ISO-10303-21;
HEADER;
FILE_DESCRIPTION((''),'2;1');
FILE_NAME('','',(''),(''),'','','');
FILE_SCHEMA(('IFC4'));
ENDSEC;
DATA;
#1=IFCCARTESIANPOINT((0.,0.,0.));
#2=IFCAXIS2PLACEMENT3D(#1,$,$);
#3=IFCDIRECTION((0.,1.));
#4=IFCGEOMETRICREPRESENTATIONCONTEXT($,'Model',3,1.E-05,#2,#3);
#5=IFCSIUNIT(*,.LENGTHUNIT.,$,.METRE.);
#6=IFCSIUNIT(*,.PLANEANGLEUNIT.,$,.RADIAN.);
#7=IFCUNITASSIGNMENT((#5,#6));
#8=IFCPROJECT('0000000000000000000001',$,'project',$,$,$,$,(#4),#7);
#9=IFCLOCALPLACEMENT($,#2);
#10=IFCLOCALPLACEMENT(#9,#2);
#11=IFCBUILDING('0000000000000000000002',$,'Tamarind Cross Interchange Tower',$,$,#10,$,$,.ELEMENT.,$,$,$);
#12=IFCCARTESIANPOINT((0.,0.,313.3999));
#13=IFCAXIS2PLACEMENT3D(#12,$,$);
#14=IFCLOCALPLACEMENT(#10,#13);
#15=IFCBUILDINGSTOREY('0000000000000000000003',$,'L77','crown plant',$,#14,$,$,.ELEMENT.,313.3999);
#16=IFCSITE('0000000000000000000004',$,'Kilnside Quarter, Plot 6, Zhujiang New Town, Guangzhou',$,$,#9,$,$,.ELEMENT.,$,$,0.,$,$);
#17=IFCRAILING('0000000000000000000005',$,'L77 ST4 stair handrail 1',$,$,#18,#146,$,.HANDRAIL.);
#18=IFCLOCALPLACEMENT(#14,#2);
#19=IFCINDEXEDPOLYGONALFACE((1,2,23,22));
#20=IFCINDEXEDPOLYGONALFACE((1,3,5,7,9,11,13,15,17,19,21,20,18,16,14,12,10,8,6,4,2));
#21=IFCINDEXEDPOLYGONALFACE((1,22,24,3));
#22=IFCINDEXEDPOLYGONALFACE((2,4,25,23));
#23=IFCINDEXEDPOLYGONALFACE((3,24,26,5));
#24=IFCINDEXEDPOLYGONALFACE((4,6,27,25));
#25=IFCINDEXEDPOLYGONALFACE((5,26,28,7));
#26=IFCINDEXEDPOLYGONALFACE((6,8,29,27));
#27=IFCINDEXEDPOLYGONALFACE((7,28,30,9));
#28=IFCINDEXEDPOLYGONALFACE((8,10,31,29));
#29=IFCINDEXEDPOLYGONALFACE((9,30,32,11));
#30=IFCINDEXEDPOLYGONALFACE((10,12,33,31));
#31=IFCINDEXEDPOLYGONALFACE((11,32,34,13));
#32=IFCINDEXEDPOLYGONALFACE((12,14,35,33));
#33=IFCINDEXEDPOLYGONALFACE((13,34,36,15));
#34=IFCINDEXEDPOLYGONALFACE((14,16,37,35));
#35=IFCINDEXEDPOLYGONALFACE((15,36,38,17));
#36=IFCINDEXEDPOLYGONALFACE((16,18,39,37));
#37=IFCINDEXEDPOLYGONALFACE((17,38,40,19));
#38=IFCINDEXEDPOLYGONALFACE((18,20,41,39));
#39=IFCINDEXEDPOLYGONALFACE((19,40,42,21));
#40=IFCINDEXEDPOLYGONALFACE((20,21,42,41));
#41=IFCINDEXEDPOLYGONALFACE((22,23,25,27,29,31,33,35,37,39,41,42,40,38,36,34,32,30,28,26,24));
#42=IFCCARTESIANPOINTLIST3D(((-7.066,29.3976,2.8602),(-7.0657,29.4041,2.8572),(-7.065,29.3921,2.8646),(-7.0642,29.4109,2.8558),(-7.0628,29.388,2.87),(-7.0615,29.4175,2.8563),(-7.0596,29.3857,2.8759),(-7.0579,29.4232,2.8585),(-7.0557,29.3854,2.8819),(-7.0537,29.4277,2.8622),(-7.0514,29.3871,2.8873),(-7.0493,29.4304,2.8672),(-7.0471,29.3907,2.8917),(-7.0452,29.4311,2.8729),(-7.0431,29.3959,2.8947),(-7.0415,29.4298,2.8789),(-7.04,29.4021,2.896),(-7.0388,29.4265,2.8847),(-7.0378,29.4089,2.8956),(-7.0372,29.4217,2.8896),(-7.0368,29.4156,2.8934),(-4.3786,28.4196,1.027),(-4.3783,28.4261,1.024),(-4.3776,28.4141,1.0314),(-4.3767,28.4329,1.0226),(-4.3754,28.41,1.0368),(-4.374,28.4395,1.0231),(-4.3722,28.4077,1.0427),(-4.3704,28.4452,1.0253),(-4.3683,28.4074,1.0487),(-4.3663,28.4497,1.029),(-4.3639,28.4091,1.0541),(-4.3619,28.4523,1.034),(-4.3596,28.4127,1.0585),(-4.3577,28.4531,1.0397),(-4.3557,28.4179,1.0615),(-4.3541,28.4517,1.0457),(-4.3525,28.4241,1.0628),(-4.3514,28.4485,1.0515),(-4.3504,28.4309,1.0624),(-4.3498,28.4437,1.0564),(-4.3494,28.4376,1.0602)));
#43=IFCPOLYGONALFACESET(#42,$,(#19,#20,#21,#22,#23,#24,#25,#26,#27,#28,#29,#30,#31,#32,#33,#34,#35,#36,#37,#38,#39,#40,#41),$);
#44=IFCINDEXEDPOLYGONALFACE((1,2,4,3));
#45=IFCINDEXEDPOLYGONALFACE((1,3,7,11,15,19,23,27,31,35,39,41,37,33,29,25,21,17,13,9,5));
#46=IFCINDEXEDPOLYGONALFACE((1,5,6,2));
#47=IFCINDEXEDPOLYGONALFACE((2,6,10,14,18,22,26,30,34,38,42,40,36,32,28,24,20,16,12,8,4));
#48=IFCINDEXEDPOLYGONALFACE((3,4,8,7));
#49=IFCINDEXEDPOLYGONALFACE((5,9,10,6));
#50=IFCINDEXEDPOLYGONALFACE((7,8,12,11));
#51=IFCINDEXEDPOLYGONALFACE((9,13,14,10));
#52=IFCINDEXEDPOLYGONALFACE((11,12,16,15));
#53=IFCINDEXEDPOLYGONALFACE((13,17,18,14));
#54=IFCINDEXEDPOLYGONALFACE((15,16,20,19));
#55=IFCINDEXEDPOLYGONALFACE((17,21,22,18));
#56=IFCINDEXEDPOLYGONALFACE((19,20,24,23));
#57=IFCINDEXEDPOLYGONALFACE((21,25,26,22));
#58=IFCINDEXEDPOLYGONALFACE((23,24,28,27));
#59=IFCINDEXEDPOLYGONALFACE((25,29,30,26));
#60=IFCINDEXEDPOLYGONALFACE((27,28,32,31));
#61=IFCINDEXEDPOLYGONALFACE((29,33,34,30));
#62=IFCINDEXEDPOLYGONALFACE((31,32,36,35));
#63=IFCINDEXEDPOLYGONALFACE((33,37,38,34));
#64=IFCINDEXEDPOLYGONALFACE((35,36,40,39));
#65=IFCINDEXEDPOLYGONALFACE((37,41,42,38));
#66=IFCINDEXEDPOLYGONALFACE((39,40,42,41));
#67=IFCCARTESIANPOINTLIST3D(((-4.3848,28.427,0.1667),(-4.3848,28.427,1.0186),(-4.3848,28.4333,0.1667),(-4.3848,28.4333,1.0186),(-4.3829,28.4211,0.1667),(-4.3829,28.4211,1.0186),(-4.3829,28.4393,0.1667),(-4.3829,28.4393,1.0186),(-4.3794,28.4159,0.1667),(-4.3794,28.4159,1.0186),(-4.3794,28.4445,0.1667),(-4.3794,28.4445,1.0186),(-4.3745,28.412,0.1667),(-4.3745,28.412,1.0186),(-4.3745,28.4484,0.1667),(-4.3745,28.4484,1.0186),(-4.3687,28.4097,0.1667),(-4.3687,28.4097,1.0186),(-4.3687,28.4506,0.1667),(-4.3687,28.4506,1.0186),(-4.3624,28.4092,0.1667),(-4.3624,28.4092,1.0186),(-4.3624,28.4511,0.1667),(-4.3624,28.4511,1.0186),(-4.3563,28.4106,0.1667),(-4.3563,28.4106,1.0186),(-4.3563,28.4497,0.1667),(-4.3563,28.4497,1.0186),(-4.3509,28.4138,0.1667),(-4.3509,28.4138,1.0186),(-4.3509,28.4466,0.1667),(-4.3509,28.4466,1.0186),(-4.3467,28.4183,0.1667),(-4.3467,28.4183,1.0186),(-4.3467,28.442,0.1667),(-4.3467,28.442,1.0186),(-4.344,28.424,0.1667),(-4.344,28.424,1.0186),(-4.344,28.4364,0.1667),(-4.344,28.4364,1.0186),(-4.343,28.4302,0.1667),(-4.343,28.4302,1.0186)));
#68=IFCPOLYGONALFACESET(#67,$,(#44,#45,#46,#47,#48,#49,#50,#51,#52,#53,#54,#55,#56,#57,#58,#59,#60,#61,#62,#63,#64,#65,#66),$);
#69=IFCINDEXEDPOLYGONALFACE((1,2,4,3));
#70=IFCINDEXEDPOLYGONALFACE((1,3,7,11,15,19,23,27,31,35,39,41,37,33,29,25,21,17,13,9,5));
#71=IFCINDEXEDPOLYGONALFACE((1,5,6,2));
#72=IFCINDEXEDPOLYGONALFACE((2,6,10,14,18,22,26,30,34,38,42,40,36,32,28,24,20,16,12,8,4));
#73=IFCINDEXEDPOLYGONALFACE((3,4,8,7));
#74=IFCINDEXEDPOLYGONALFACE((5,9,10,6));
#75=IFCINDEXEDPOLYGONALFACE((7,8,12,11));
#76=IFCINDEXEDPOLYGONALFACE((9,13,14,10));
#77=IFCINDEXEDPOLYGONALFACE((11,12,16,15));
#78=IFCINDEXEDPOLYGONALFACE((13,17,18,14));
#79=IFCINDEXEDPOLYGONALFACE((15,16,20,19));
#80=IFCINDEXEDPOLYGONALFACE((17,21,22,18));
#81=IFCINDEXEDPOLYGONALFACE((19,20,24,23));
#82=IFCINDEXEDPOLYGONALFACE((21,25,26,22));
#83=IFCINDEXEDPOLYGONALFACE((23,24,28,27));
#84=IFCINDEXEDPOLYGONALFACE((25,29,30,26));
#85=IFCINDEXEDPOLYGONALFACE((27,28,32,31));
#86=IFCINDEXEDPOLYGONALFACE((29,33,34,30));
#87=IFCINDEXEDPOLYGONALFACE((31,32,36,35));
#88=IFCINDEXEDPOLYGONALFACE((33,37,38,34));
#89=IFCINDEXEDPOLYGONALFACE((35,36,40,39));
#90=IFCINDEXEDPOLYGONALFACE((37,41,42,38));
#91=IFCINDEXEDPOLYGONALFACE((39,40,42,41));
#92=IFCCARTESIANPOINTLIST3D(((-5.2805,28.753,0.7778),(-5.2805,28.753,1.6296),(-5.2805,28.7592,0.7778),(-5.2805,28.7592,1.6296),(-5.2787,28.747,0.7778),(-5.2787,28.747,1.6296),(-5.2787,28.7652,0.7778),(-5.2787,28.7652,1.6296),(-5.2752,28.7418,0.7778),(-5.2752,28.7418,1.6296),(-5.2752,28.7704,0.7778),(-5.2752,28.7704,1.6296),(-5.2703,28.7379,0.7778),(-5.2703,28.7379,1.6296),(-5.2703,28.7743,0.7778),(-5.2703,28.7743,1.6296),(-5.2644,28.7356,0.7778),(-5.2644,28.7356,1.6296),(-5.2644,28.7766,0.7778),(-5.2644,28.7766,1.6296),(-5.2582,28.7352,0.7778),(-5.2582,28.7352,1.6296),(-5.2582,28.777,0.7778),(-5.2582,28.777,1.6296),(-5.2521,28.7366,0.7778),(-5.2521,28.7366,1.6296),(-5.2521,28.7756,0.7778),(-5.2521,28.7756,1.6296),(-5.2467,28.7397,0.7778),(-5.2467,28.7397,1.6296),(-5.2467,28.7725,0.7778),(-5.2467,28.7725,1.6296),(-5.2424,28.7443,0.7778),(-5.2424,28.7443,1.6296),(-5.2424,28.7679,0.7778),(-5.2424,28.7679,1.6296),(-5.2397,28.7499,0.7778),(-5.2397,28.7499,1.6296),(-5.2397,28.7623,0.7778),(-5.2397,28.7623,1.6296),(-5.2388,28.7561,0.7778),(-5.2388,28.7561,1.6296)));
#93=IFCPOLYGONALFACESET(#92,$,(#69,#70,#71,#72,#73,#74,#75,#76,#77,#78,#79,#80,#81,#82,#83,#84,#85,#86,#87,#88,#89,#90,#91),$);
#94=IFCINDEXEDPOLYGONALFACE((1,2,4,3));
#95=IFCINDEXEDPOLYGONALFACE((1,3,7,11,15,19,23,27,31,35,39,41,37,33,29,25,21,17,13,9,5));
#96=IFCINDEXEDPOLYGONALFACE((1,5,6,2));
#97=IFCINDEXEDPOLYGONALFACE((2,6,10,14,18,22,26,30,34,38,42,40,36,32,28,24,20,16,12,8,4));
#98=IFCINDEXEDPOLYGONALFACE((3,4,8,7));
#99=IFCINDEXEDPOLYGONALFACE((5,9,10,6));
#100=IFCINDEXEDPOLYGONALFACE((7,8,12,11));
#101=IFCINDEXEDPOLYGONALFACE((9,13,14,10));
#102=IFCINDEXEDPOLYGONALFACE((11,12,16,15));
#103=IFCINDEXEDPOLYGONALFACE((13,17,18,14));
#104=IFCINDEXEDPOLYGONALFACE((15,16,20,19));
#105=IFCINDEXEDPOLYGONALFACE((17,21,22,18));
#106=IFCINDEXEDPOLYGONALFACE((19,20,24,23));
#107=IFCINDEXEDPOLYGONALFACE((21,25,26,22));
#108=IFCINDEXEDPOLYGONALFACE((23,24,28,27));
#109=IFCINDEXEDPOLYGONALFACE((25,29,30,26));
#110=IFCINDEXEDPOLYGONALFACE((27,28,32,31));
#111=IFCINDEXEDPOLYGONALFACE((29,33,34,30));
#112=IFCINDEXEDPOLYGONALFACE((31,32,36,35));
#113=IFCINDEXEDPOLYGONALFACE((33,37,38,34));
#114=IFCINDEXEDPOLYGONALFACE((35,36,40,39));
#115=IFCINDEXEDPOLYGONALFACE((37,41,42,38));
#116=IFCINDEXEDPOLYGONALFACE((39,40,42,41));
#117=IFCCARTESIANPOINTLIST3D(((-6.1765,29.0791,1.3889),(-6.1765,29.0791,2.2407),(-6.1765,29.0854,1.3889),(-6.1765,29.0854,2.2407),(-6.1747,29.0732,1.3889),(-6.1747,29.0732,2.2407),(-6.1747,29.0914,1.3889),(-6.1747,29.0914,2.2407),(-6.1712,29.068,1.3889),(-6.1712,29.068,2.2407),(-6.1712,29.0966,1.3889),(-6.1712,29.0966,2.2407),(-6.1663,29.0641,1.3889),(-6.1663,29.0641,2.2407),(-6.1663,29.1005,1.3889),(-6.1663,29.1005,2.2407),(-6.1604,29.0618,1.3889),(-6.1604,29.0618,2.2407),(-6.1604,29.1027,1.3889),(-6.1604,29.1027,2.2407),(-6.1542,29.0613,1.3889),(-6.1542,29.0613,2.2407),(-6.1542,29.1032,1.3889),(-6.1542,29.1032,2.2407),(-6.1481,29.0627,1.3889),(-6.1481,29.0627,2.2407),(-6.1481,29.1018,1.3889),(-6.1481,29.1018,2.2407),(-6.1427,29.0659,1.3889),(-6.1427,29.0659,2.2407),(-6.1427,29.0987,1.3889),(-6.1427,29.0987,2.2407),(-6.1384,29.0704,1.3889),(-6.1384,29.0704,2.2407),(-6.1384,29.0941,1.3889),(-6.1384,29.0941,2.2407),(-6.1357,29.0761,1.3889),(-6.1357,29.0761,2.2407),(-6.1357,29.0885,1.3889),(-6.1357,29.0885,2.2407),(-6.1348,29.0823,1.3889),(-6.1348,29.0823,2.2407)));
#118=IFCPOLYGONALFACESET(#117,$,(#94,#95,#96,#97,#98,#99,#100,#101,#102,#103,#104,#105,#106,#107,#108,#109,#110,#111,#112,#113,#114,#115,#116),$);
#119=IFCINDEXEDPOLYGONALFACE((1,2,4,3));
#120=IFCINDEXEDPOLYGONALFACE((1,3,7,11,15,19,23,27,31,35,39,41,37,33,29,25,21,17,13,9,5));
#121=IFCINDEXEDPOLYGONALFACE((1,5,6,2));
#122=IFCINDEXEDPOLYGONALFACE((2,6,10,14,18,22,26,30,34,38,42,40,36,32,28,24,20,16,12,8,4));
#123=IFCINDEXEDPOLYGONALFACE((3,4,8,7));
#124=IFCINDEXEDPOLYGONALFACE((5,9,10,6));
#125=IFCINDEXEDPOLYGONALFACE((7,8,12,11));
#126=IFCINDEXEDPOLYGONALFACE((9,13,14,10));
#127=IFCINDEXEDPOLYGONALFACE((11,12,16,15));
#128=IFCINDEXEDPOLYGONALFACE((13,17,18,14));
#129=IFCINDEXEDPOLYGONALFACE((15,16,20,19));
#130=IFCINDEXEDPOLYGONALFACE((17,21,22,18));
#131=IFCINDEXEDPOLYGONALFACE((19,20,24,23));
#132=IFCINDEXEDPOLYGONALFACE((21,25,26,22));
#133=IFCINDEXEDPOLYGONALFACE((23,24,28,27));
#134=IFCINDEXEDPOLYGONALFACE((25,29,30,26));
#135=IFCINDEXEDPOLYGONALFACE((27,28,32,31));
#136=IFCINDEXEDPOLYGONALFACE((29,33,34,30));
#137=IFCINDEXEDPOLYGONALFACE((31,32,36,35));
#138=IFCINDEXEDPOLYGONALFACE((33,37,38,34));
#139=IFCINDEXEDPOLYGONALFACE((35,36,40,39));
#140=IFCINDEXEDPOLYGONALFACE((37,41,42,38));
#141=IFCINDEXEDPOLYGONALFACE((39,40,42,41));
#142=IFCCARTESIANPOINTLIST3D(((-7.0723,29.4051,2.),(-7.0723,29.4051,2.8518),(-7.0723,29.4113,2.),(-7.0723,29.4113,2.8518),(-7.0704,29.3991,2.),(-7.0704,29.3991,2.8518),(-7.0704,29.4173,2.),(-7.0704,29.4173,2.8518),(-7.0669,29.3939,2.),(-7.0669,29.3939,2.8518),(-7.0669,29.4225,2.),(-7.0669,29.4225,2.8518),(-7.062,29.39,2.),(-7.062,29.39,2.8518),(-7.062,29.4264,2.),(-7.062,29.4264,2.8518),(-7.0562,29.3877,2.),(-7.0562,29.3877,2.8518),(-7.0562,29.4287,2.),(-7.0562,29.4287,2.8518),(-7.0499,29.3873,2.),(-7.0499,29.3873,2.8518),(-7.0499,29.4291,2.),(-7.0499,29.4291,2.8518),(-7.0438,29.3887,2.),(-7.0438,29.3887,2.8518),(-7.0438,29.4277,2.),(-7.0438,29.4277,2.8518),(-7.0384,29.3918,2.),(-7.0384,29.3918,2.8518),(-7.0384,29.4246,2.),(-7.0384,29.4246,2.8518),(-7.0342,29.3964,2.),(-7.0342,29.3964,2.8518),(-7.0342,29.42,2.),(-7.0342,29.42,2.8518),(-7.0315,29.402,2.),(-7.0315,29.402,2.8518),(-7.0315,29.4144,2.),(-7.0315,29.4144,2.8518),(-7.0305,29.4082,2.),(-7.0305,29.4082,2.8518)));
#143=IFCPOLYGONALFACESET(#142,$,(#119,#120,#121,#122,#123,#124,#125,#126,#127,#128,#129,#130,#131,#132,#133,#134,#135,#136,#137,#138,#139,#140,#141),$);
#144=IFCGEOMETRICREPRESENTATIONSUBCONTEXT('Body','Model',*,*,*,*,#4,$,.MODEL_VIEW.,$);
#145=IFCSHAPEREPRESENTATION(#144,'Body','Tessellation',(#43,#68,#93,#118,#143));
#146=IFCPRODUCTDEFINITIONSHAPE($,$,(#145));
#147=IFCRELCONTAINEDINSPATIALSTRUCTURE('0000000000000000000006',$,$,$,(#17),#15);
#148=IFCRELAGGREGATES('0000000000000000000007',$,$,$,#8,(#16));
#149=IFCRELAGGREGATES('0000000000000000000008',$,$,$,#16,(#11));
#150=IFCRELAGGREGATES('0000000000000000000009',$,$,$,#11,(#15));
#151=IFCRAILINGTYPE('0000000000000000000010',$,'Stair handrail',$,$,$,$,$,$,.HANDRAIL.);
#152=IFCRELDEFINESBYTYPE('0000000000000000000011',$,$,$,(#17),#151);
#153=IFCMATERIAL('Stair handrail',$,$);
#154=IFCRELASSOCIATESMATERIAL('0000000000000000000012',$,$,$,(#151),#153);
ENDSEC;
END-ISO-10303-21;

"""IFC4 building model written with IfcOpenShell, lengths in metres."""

from ifc_helpers import new_model, si_unit, direction, frame, origin, origin_2d, place, context, subcontext, project, spatial, circle, extrude, material, type_object, element, save


model = new_model("IFC4")

# Units and contexts
model_context = context("Model", 3, precision=1e-05, world=origin(), true_north=direction((0.0, 1.0)))
body_context = subcontext(model_context, "Body", "Model", "MODEL_VIEW")
ifc_project = project(units=[si_unit("LENGTHUNIT", "METRE"), si_unit("PLANEANGLEUNIT", "RADIAN")], contexts=[model_context])

# Site, building, storey
site_placement = place(None, origin())
site = spatial("IfcSite", under=ifc_project, at=site_placement, Name="Kilnside Quarter, Plot 6, Zhujiang New Town, Guangzhou", CompositionType="ELEMENT", RefElevation=0.0)
building_placement = place(site_placement, origin())
building = spatial("IfcBuilding", under=site, at=building_placement, Name="Tamarind Cross Interchange Tower", CompositionType="ELEMENT")
storey_placement = place(building_placement, frame((0.0, 0.0, 313.3999)))
storey = spatial("IfcBuildingStorey", under=building, at=storey_placement, Name="L77", Description="crown plant", CompositionType="ELEMENT", Elevation=313.3999)

# Railing
ifc_material_1 = material(Name="Stair handrail")
railing_type_1 = type_object("IfcRailingType", Name="Stair handrail", PredefinedType="HANDRAIL", material=ifc_material_1)
railing_1_placement = place(storey_placement, frame((-4.364, 28.4302, 0.1667)))
element("IfcRailing", 1, at=railing_1_placement, inside=storey, type_object=railing_type_1, Name="L77 ST4 stair handrail 1", PredefinedType="HANDRAIL", context=body_context, shape_type="SweptSolid", body=[
    extrude(circle(Radius=0.0239, at=origin_2d()), frame((0.0, 0.0, 0.876), z_axis=(-0.791126, 0.287904, 0.539659), x_axis=(-0.341976, -0.939709, 0.0)), (0.0, 0.0, 1.0), 3.397),
    extrude(circle(Radius=0.021, at=origin_2d()), origin(), (0.0, 0.0, 1.0), 0.8518),
    extrude(circle(Radius=0.021, at=origin_2d()), frame((-0.8958, 0.3259, 0.6111)), (0.0, 0.0, 1.0), 0.8518),
    extrude(circle(Radius=0.021, at=origin_2d()), frame((-1.7917, 0.6521, 1.2222)), (0.0, 0.0, 1.0), 0.8518),
    extrude(circle(Radius=0.021, at=origin_2d()), frame((-2.6875, 0.978, 1.8333)), (0.0, 0.0, 1.0), 0.8518),
])

save(model, "model.ifc")
